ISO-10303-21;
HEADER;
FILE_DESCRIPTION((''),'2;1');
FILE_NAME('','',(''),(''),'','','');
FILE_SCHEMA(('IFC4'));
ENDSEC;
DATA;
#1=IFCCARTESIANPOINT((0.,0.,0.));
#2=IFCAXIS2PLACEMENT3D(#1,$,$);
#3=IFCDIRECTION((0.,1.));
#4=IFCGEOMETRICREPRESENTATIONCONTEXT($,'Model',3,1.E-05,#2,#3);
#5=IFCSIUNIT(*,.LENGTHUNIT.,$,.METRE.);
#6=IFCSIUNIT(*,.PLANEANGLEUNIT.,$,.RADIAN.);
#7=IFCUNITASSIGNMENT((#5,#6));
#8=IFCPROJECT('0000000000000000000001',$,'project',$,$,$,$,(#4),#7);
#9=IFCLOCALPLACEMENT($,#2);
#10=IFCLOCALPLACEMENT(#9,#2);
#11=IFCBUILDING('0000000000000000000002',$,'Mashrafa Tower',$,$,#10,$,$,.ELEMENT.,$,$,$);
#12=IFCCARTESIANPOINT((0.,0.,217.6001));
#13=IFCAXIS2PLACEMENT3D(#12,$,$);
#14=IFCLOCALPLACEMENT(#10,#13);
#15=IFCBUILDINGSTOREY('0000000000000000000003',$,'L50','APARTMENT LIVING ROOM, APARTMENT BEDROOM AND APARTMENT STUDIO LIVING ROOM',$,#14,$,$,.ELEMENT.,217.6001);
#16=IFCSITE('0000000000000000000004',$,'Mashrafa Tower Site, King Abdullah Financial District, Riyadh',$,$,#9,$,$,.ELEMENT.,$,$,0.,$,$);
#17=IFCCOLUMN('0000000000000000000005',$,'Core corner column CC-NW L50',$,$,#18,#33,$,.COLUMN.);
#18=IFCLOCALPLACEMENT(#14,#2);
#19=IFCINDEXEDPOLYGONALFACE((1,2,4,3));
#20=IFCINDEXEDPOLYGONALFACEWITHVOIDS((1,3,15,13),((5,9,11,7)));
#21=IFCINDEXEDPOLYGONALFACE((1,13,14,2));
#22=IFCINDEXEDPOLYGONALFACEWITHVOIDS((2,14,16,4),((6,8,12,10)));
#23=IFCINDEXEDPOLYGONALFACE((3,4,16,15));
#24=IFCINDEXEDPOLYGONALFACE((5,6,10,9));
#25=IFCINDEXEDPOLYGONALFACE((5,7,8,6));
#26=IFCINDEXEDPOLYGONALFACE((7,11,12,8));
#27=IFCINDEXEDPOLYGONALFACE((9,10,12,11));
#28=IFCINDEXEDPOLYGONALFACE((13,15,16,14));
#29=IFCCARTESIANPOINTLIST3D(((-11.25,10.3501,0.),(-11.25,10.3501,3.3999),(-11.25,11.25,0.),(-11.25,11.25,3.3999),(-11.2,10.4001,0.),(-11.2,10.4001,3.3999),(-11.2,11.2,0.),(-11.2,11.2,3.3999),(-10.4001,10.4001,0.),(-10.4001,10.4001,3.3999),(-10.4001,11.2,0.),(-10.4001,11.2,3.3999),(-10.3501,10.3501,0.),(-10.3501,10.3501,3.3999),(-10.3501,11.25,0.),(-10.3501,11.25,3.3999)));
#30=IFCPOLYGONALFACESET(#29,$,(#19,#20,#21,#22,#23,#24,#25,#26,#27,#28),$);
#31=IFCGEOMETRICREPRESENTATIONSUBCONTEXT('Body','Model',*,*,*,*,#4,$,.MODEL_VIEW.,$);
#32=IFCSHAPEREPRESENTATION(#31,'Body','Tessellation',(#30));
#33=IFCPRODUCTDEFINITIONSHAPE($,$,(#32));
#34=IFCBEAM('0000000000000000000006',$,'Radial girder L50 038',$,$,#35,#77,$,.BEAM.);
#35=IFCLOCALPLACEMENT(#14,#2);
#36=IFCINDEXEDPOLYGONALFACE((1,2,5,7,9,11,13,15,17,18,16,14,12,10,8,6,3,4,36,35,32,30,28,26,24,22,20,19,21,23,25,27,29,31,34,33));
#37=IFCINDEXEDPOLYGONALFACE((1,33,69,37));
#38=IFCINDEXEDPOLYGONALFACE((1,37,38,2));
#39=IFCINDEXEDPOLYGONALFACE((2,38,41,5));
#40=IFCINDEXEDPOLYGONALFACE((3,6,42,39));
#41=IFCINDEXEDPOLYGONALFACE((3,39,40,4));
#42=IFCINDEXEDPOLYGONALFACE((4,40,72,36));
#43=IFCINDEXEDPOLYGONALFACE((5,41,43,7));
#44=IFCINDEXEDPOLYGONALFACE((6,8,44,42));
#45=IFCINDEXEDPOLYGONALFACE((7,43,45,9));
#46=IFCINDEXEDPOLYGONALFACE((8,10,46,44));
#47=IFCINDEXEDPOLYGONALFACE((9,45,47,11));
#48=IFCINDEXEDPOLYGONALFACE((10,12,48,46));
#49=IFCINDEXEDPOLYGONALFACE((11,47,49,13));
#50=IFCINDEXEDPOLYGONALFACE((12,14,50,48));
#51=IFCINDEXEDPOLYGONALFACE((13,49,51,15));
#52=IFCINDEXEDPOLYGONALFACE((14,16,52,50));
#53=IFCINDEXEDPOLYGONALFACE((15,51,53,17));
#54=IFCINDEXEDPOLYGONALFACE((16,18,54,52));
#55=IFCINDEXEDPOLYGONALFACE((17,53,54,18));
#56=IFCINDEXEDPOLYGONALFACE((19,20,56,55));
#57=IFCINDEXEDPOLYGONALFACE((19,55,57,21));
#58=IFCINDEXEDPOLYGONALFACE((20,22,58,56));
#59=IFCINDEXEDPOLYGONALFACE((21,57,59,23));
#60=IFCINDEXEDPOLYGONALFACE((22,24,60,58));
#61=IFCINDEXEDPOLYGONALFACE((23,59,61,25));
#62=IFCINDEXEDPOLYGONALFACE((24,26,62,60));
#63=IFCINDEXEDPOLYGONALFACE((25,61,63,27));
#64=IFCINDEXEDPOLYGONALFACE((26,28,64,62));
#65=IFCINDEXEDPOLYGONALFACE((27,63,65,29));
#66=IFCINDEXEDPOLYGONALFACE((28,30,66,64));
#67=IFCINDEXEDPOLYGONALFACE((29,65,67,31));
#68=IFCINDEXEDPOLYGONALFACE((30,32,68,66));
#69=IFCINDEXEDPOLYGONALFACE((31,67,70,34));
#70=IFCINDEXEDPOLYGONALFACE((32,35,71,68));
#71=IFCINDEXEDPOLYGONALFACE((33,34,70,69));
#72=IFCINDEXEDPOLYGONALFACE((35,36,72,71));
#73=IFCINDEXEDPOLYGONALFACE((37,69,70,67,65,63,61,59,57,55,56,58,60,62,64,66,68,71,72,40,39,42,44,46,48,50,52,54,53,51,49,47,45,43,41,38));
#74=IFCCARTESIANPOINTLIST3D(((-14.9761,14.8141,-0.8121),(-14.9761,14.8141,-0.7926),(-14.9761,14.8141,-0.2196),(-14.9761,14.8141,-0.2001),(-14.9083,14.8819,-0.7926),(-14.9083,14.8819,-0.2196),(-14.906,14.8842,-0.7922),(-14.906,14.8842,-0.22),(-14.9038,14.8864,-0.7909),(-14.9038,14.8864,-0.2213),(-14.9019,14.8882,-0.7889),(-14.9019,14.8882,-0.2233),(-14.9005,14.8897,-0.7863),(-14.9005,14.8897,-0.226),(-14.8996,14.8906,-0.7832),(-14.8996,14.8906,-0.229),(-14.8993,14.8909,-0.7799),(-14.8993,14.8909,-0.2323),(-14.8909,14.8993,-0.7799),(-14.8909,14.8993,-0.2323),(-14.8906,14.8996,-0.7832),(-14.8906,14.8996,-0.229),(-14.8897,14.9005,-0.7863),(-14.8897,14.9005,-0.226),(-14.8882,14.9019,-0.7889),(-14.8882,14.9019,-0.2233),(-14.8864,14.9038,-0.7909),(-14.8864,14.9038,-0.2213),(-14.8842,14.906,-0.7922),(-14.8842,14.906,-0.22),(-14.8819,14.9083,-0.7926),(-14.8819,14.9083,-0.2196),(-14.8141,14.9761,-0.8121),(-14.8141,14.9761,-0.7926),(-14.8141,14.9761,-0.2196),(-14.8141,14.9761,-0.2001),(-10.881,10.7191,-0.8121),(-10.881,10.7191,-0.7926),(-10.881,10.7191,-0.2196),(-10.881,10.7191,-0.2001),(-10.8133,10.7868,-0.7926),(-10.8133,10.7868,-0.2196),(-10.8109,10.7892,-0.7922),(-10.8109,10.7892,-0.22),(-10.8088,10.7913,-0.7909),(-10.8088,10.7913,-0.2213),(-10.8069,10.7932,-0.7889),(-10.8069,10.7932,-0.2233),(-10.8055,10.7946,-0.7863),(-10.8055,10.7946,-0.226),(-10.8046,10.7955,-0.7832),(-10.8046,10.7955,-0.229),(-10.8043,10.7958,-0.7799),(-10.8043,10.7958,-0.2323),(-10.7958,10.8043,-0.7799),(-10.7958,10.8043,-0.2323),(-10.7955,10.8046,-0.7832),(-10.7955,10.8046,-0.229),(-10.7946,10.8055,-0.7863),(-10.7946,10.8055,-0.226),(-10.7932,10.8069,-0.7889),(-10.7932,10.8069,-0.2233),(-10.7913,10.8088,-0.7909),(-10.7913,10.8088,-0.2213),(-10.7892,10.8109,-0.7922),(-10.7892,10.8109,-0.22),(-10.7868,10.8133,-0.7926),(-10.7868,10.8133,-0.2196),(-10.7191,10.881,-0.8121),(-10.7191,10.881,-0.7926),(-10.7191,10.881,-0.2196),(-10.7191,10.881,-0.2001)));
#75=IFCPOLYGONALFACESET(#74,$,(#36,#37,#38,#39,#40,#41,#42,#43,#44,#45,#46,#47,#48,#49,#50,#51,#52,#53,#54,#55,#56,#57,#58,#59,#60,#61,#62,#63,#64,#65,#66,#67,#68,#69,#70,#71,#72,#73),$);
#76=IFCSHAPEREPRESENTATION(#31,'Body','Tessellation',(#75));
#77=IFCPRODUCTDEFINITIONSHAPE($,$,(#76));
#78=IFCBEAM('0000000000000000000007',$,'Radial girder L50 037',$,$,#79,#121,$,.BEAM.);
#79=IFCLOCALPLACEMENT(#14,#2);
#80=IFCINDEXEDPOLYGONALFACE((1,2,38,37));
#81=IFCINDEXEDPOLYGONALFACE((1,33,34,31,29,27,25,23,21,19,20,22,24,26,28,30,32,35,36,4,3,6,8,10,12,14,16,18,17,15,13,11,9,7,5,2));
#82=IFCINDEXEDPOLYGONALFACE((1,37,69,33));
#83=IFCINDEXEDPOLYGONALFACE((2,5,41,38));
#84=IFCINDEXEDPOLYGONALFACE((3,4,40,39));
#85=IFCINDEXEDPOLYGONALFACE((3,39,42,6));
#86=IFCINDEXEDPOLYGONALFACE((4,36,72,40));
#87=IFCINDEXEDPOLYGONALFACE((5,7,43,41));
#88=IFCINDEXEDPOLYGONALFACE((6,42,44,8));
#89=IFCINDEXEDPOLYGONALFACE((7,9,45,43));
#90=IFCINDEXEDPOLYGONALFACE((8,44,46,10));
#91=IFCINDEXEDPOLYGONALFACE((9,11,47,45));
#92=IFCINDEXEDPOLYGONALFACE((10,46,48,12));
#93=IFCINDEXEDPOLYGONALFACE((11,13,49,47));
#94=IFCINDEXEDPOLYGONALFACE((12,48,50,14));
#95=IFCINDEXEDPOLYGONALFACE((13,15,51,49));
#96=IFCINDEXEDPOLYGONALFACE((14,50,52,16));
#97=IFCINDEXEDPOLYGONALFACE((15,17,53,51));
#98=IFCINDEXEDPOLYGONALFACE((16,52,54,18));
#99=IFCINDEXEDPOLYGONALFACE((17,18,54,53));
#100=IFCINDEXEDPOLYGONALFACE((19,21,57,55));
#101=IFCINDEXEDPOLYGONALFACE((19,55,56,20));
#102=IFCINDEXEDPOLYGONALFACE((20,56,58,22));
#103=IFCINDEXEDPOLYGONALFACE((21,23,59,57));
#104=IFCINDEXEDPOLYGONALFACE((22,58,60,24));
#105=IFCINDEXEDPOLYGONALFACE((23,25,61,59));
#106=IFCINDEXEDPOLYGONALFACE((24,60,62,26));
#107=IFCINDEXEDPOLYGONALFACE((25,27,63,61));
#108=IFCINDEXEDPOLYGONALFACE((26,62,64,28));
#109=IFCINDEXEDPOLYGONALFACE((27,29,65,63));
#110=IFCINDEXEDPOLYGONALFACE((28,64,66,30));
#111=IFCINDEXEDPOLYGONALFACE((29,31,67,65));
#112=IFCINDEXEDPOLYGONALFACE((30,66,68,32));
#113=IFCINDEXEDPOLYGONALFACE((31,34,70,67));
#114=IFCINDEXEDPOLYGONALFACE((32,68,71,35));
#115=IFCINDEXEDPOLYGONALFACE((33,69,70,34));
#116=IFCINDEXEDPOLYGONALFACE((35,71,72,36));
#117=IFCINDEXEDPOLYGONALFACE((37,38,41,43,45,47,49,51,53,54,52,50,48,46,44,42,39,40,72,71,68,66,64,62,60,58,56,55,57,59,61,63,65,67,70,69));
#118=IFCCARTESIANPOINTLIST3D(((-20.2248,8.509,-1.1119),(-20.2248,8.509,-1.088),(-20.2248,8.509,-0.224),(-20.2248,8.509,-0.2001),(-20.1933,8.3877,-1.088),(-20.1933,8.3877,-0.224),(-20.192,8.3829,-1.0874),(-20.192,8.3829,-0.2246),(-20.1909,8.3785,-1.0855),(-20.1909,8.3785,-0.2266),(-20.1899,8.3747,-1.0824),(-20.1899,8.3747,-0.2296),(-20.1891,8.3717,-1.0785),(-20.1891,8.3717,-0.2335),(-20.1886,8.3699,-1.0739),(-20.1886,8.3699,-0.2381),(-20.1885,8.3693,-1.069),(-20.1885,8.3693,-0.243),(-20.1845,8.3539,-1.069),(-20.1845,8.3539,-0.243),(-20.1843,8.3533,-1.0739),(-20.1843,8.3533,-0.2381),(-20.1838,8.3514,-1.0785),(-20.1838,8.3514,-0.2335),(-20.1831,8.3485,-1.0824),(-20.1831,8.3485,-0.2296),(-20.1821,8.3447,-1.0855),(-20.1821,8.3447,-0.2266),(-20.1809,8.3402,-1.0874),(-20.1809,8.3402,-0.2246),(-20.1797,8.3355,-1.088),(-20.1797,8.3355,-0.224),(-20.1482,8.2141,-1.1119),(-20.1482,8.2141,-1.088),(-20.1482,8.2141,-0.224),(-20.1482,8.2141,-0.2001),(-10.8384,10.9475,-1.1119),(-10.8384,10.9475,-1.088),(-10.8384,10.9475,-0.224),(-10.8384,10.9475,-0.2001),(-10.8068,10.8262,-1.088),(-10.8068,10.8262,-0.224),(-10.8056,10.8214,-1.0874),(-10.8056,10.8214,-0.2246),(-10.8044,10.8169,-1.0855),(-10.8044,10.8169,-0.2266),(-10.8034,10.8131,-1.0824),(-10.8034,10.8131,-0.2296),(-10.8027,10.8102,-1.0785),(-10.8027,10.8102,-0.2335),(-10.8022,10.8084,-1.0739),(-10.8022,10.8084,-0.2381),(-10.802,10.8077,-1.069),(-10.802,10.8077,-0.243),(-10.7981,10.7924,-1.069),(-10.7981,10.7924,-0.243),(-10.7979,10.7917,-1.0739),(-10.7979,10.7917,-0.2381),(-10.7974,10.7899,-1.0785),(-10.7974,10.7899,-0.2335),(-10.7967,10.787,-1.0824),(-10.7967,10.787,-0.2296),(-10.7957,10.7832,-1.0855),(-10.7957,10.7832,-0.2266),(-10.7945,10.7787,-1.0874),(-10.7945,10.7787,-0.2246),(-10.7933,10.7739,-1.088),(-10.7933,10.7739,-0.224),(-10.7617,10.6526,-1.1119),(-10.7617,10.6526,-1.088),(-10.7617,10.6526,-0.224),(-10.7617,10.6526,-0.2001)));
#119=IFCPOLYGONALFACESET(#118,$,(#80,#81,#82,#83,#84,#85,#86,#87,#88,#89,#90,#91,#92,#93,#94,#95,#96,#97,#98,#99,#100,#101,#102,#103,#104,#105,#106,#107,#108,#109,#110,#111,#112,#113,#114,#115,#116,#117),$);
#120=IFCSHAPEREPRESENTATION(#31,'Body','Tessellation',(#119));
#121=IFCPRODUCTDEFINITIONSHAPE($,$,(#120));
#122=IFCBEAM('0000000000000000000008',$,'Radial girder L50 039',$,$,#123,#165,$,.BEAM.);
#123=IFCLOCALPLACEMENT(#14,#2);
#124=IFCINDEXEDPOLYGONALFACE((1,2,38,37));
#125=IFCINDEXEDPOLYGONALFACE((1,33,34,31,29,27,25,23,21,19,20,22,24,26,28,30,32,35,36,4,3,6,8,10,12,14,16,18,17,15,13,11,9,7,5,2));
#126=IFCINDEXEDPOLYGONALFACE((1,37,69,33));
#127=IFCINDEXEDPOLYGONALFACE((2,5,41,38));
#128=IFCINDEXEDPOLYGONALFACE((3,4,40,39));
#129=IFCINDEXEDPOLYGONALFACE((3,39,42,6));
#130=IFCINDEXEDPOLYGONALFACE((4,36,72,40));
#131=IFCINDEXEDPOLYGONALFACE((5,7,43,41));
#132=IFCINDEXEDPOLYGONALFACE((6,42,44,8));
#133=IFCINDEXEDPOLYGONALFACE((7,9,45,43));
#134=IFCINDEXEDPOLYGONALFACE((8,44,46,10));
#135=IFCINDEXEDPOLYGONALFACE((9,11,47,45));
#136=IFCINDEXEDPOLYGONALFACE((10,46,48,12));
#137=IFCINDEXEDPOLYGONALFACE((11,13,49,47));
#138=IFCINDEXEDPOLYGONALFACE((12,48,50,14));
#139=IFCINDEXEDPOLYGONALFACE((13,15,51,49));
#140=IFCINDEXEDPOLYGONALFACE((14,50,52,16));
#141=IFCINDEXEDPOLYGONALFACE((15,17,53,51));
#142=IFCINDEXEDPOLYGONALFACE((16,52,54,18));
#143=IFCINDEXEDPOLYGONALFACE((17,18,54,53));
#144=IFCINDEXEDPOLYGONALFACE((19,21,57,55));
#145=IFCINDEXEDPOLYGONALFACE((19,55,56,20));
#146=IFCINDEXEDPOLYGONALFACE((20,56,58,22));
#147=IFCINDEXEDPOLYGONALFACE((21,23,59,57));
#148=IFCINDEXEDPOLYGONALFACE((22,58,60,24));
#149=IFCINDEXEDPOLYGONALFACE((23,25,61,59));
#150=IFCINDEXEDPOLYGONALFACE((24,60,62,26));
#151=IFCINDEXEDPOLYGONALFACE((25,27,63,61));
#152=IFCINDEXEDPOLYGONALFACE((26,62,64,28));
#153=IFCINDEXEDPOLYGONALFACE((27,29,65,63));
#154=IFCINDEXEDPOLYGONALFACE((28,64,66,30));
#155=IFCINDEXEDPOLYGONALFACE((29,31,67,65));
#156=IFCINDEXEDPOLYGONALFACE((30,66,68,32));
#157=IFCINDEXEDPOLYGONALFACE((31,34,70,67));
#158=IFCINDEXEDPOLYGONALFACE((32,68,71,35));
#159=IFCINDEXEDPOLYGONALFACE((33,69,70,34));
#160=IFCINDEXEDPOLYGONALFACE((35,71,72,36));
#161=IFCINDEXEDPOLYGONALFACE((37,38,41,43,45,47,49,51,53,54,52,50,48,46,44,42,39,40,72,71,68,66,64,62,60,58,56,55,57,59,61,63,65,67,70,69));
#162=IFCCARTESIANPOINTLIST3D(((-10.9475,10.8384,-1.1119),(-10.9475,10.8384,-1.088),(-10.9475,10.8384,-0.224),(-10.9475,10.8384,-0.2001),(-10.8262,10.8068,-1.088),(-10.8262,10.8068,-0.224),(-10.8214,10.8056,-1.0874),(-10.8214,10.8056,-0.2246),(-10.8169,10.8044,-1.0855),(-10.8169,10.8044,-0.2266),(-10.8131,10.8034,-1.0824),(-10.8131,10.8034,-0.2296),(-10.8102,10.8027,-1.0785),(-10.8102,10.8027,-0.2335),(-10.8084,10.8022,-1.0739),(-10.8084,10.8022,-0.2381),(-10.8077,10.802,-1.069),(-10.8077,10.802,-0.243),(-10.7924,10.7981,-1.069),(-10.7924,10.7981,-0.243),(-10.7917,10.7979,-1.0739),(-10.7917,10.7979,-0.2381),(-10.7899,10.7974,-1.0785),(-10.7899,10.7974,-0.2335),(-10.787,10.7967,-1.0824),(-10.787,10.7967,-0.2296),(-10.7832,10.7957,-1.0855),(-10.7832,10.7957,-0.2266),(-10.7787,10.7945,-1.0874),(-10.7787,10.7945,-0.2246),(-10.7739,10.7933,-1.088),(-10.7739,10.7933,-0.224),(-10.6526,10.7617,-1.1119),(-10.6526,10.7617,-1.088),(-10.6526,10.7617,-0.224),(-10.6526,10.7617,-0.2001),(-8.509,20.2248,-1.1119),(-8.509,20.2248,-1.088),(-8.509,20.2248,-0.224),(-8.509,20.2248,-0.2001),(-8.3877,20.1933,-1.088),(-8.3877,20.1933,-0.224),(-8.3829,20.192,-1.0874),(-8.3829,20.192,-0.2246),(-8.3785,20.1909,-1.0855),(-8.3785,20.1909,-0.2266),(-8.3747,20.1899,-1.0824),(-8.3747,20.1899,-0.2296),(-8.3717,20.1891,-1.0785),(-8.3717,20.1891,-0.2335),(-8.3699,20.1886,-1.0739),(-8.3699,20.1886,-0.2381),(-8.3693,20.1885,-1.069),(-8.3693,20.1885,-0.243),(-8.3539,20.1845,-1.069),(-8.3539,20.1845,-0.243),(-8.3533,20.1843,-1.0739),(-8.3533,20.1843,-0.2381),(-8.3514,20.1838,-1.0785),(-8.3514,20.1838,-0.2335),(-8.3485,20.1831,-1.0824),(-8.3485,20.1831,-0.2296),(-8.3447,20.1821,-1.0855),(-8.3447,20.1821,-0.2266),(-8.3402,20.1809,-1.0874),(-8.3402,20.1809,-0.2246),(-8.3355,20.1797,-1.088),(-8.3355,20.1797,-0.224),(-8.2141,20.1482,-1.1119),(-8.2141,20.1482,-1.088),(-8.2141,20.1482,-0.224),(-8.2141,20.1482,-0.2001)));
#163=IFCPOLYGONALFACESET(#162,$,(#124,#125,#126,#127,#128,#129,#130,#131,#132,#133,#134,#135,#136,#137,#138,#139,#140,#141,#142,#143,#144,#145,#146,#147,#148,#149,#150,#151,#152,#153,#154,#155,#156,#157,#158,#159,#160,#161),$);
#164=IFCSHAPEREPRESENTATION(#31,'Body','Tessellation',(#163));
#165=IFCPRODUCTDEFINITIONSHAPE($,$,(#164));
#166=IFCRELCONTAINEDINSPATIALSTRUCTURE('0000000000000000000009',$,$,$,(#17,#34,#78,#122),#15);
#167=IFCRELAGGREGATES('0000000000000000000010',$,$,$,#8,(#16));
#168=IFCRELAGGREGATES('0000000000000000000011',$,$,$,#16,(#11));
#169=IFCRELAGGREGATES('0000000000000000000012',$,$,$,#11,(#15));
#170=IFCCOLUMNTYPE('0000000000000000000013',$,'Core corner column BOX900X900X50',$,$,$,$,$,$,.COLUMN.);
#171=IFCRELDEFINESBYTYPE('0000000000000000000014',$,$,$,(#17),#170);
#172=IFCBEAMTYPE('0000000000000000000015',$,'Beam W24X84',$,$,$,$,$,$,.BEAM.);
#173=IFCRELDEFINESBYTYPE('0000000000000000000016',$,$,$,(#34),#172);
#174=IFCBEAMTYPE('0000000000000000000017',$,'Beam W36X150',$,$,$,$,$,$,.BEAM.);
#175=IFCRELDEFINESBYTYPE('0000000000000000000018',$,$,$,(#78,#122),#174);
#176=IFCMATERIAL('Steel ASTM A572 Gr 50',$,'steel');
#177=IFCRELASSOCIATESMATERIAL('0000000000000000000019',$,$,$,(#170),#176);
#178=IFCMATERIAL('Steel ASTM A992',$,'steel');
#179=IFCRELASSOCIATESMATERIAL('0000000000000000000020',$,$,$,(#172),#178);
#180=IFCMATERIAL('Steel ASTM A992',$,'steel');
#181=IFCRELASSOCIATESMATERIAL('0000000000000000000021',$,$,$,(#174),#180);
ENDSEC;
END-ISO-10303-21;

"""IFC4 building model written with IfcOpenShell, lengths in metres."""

from ifc_helpers import new_model, si_unit, direction, frame, origin, origin_2d, place, context, subcontext, project, spatial, hollow_rectangle, i_section, extrude, material, material_profile, profile_set, type_object, element, save


model = new_model("IFC4")

# Units and contexts
model_context = context("Model", 3, precision=1e-05, world=origin(), true_north=direction((0.0, 1.0)))
body_context = subcontext(model_context, "Body", "Model", "MODEL_VIEW")
ifc_project = project(units=[si_unit("LENGTHUNIT", "METRE"), si_unit("PLANEANGLEUNIT", "RADIAN")], contexts=[model_context])

# Site, building, storey
site_placement = place(None, origin())
site = spatial("IfcSite", under=ifc_project, at=site_placement, Name="Mashrafa Tower Site, King Abdullah Financial District, Riyadh", CompositionType="ELEMENT", RefElevation=0.0)
building_placement = place(site_placement, origin())
building = spatial("IfcBuilding", under=site, at=building_placement, Name="Mashrafa Tower", CompositionType="ELEMENT")
storey_placement = place(building_placement, frame((0.0, 0.0, 217.6001)))
storey = spatial("IfcBuildingStorey", under=building, at=storey_placement, Name="L50", Description="APARTMENT LIVING ROOM, APARTMENT BEDROOM AND APARTMENT STUDIO LIVING ROOM", CompositionType="ELEMENT", Elevation=217.6001)

# Column
ifc_material_1 = material(Name="Steel ASTM A572 Gr 50", Category="steel")
ifc_material_profile_1 = material_profile(ifc_material_1, hollow_rectangle(XDim=0.8999, YDim=0.8999, WallThickness=0.05, at=origin_2d()), Name="BOX900X900X50")
ifc_profile_set_1 = profile_set([ifc_material_profile_1], Name="Steel ASTM A572 Gr 50")
column_type = type_object("IfcColumnType", Name="Core corner column BOX900X900X50", PredefinedType="COLUMN", material=ifc_profile_set_1)
column_placement = place(storey_placement, frame((-10.8, 10.8, 0.0), z_axis=(0.0, 0.0, 1.0), x_axis=(1.0, 0.0, 0.0)))
element("IfcColumn", 1, at=column_placement, inside=storey, type_object=column_type, Name="Core corner column CC-NW L50", PredefinedType="COLUMN", context=body_context, shape_type="SweptSolid", body=[
    extrude(hollow_rectangle(XDim=0.8999, YDim=0.8999, WallThickness=0.05, at=origin_2d()), origin(), (0.0, 0.0, 1.0), 3.3999),
])

# Beams
ifc_material_2 = material(Name="Steel ASTM A992", Category="steel")
ifc_material_profile_2 = material_profile(ifc_material_2, i_section(OverallWidth=0.229, OverallDepth=0.6121, WebThickness=0.012, FlangeThickness=0.0195, FilletRadius=0.0127, at=origin_2d()), Name="W24X84")
ifc_profile_set_2 = profile_set([ifc_material_profile_2], Name="Steel ASTM A992")
beam_type_1 = type_object("IfcBeamType", Name="Beam W24X84", PredefinedType="BEAM", material=ifc_profile_set_2)
beam_placement = place(storey_placement, frame((-10.8, 10.8, -0.5061), z_axis=(-0.707107, 0.707107, 0.0), x_axis=(-0.707107, -0.707107, 0.0)))
element("IfcBeam", 2, at=beam_placement, inside=storey, type_object=beam_type_1, Name="Radial girder L50 038", PredefinedType="BEAM", context=body_context, shape_type="SweptSolid", body=[
    extrude(i_section(OverallWidth=0.229, OverallDepth=0.6121, WebThickness=0.012, FlangeThickness=0.0195, FilletRadius=0.0127, at=origin_2d()), origin(), (0.0, 0.0, 1.0), 5.7913),
])
ifc_material_3 = material(Name="Steel ASTM A992", Category="steel")
ifc_material_profile_3 = material_profile(ifc_material_3, i_section(OverallWidth=0.3047, OverallDepth=0.9119, WebThickness=0.0159, FlangeThickness=0.0239, FilletRadius=0.019, at=origin_2d()), Name="W36X150")
ifc_profile_set_3 = profile_set([ifc_material_profile_3], Name="Steel ASTM A992")
beam_type_2 = type_object("IfcBeamType", Name="Beam W36X150", PredefinedType="BEAM", material=ifc_profile_set_3)
for number, where, z_axis, x_axis, name in (
    (3, (-10.8, 10.8, -0.656), (-0.967873, -0.25144, 0.0), (0.25144, -0.967873, 0.0), "Radial girder L50 037"),
    (4, (-10.8, 10.8, -0.656), (0.25144, 0.967873, 0.0), (-0.967873, 0.25144, 0.0), "Radial girder L50 039"),
):
    element("IfcBeam", number, at=place(storey_placement, frame(where, z_axis=z_axis, x_axis=x_axis)), inside=storey, type_object=beam_type_2, Name=name, PredefinedType="BEAM", context=body_context, shape_type="SweptSolid", body=[
        extrude(i_section(OverallWidth=0.3047, OverallDepth=0.9119, WebThickness=0.0159, FlangeThickness=0.0239, FilletRadius=0.019, at=origin_2d()), origin(), (0.0, 0.0, 1.0), 9.698),
    ])

save(model, "model.ifc")
